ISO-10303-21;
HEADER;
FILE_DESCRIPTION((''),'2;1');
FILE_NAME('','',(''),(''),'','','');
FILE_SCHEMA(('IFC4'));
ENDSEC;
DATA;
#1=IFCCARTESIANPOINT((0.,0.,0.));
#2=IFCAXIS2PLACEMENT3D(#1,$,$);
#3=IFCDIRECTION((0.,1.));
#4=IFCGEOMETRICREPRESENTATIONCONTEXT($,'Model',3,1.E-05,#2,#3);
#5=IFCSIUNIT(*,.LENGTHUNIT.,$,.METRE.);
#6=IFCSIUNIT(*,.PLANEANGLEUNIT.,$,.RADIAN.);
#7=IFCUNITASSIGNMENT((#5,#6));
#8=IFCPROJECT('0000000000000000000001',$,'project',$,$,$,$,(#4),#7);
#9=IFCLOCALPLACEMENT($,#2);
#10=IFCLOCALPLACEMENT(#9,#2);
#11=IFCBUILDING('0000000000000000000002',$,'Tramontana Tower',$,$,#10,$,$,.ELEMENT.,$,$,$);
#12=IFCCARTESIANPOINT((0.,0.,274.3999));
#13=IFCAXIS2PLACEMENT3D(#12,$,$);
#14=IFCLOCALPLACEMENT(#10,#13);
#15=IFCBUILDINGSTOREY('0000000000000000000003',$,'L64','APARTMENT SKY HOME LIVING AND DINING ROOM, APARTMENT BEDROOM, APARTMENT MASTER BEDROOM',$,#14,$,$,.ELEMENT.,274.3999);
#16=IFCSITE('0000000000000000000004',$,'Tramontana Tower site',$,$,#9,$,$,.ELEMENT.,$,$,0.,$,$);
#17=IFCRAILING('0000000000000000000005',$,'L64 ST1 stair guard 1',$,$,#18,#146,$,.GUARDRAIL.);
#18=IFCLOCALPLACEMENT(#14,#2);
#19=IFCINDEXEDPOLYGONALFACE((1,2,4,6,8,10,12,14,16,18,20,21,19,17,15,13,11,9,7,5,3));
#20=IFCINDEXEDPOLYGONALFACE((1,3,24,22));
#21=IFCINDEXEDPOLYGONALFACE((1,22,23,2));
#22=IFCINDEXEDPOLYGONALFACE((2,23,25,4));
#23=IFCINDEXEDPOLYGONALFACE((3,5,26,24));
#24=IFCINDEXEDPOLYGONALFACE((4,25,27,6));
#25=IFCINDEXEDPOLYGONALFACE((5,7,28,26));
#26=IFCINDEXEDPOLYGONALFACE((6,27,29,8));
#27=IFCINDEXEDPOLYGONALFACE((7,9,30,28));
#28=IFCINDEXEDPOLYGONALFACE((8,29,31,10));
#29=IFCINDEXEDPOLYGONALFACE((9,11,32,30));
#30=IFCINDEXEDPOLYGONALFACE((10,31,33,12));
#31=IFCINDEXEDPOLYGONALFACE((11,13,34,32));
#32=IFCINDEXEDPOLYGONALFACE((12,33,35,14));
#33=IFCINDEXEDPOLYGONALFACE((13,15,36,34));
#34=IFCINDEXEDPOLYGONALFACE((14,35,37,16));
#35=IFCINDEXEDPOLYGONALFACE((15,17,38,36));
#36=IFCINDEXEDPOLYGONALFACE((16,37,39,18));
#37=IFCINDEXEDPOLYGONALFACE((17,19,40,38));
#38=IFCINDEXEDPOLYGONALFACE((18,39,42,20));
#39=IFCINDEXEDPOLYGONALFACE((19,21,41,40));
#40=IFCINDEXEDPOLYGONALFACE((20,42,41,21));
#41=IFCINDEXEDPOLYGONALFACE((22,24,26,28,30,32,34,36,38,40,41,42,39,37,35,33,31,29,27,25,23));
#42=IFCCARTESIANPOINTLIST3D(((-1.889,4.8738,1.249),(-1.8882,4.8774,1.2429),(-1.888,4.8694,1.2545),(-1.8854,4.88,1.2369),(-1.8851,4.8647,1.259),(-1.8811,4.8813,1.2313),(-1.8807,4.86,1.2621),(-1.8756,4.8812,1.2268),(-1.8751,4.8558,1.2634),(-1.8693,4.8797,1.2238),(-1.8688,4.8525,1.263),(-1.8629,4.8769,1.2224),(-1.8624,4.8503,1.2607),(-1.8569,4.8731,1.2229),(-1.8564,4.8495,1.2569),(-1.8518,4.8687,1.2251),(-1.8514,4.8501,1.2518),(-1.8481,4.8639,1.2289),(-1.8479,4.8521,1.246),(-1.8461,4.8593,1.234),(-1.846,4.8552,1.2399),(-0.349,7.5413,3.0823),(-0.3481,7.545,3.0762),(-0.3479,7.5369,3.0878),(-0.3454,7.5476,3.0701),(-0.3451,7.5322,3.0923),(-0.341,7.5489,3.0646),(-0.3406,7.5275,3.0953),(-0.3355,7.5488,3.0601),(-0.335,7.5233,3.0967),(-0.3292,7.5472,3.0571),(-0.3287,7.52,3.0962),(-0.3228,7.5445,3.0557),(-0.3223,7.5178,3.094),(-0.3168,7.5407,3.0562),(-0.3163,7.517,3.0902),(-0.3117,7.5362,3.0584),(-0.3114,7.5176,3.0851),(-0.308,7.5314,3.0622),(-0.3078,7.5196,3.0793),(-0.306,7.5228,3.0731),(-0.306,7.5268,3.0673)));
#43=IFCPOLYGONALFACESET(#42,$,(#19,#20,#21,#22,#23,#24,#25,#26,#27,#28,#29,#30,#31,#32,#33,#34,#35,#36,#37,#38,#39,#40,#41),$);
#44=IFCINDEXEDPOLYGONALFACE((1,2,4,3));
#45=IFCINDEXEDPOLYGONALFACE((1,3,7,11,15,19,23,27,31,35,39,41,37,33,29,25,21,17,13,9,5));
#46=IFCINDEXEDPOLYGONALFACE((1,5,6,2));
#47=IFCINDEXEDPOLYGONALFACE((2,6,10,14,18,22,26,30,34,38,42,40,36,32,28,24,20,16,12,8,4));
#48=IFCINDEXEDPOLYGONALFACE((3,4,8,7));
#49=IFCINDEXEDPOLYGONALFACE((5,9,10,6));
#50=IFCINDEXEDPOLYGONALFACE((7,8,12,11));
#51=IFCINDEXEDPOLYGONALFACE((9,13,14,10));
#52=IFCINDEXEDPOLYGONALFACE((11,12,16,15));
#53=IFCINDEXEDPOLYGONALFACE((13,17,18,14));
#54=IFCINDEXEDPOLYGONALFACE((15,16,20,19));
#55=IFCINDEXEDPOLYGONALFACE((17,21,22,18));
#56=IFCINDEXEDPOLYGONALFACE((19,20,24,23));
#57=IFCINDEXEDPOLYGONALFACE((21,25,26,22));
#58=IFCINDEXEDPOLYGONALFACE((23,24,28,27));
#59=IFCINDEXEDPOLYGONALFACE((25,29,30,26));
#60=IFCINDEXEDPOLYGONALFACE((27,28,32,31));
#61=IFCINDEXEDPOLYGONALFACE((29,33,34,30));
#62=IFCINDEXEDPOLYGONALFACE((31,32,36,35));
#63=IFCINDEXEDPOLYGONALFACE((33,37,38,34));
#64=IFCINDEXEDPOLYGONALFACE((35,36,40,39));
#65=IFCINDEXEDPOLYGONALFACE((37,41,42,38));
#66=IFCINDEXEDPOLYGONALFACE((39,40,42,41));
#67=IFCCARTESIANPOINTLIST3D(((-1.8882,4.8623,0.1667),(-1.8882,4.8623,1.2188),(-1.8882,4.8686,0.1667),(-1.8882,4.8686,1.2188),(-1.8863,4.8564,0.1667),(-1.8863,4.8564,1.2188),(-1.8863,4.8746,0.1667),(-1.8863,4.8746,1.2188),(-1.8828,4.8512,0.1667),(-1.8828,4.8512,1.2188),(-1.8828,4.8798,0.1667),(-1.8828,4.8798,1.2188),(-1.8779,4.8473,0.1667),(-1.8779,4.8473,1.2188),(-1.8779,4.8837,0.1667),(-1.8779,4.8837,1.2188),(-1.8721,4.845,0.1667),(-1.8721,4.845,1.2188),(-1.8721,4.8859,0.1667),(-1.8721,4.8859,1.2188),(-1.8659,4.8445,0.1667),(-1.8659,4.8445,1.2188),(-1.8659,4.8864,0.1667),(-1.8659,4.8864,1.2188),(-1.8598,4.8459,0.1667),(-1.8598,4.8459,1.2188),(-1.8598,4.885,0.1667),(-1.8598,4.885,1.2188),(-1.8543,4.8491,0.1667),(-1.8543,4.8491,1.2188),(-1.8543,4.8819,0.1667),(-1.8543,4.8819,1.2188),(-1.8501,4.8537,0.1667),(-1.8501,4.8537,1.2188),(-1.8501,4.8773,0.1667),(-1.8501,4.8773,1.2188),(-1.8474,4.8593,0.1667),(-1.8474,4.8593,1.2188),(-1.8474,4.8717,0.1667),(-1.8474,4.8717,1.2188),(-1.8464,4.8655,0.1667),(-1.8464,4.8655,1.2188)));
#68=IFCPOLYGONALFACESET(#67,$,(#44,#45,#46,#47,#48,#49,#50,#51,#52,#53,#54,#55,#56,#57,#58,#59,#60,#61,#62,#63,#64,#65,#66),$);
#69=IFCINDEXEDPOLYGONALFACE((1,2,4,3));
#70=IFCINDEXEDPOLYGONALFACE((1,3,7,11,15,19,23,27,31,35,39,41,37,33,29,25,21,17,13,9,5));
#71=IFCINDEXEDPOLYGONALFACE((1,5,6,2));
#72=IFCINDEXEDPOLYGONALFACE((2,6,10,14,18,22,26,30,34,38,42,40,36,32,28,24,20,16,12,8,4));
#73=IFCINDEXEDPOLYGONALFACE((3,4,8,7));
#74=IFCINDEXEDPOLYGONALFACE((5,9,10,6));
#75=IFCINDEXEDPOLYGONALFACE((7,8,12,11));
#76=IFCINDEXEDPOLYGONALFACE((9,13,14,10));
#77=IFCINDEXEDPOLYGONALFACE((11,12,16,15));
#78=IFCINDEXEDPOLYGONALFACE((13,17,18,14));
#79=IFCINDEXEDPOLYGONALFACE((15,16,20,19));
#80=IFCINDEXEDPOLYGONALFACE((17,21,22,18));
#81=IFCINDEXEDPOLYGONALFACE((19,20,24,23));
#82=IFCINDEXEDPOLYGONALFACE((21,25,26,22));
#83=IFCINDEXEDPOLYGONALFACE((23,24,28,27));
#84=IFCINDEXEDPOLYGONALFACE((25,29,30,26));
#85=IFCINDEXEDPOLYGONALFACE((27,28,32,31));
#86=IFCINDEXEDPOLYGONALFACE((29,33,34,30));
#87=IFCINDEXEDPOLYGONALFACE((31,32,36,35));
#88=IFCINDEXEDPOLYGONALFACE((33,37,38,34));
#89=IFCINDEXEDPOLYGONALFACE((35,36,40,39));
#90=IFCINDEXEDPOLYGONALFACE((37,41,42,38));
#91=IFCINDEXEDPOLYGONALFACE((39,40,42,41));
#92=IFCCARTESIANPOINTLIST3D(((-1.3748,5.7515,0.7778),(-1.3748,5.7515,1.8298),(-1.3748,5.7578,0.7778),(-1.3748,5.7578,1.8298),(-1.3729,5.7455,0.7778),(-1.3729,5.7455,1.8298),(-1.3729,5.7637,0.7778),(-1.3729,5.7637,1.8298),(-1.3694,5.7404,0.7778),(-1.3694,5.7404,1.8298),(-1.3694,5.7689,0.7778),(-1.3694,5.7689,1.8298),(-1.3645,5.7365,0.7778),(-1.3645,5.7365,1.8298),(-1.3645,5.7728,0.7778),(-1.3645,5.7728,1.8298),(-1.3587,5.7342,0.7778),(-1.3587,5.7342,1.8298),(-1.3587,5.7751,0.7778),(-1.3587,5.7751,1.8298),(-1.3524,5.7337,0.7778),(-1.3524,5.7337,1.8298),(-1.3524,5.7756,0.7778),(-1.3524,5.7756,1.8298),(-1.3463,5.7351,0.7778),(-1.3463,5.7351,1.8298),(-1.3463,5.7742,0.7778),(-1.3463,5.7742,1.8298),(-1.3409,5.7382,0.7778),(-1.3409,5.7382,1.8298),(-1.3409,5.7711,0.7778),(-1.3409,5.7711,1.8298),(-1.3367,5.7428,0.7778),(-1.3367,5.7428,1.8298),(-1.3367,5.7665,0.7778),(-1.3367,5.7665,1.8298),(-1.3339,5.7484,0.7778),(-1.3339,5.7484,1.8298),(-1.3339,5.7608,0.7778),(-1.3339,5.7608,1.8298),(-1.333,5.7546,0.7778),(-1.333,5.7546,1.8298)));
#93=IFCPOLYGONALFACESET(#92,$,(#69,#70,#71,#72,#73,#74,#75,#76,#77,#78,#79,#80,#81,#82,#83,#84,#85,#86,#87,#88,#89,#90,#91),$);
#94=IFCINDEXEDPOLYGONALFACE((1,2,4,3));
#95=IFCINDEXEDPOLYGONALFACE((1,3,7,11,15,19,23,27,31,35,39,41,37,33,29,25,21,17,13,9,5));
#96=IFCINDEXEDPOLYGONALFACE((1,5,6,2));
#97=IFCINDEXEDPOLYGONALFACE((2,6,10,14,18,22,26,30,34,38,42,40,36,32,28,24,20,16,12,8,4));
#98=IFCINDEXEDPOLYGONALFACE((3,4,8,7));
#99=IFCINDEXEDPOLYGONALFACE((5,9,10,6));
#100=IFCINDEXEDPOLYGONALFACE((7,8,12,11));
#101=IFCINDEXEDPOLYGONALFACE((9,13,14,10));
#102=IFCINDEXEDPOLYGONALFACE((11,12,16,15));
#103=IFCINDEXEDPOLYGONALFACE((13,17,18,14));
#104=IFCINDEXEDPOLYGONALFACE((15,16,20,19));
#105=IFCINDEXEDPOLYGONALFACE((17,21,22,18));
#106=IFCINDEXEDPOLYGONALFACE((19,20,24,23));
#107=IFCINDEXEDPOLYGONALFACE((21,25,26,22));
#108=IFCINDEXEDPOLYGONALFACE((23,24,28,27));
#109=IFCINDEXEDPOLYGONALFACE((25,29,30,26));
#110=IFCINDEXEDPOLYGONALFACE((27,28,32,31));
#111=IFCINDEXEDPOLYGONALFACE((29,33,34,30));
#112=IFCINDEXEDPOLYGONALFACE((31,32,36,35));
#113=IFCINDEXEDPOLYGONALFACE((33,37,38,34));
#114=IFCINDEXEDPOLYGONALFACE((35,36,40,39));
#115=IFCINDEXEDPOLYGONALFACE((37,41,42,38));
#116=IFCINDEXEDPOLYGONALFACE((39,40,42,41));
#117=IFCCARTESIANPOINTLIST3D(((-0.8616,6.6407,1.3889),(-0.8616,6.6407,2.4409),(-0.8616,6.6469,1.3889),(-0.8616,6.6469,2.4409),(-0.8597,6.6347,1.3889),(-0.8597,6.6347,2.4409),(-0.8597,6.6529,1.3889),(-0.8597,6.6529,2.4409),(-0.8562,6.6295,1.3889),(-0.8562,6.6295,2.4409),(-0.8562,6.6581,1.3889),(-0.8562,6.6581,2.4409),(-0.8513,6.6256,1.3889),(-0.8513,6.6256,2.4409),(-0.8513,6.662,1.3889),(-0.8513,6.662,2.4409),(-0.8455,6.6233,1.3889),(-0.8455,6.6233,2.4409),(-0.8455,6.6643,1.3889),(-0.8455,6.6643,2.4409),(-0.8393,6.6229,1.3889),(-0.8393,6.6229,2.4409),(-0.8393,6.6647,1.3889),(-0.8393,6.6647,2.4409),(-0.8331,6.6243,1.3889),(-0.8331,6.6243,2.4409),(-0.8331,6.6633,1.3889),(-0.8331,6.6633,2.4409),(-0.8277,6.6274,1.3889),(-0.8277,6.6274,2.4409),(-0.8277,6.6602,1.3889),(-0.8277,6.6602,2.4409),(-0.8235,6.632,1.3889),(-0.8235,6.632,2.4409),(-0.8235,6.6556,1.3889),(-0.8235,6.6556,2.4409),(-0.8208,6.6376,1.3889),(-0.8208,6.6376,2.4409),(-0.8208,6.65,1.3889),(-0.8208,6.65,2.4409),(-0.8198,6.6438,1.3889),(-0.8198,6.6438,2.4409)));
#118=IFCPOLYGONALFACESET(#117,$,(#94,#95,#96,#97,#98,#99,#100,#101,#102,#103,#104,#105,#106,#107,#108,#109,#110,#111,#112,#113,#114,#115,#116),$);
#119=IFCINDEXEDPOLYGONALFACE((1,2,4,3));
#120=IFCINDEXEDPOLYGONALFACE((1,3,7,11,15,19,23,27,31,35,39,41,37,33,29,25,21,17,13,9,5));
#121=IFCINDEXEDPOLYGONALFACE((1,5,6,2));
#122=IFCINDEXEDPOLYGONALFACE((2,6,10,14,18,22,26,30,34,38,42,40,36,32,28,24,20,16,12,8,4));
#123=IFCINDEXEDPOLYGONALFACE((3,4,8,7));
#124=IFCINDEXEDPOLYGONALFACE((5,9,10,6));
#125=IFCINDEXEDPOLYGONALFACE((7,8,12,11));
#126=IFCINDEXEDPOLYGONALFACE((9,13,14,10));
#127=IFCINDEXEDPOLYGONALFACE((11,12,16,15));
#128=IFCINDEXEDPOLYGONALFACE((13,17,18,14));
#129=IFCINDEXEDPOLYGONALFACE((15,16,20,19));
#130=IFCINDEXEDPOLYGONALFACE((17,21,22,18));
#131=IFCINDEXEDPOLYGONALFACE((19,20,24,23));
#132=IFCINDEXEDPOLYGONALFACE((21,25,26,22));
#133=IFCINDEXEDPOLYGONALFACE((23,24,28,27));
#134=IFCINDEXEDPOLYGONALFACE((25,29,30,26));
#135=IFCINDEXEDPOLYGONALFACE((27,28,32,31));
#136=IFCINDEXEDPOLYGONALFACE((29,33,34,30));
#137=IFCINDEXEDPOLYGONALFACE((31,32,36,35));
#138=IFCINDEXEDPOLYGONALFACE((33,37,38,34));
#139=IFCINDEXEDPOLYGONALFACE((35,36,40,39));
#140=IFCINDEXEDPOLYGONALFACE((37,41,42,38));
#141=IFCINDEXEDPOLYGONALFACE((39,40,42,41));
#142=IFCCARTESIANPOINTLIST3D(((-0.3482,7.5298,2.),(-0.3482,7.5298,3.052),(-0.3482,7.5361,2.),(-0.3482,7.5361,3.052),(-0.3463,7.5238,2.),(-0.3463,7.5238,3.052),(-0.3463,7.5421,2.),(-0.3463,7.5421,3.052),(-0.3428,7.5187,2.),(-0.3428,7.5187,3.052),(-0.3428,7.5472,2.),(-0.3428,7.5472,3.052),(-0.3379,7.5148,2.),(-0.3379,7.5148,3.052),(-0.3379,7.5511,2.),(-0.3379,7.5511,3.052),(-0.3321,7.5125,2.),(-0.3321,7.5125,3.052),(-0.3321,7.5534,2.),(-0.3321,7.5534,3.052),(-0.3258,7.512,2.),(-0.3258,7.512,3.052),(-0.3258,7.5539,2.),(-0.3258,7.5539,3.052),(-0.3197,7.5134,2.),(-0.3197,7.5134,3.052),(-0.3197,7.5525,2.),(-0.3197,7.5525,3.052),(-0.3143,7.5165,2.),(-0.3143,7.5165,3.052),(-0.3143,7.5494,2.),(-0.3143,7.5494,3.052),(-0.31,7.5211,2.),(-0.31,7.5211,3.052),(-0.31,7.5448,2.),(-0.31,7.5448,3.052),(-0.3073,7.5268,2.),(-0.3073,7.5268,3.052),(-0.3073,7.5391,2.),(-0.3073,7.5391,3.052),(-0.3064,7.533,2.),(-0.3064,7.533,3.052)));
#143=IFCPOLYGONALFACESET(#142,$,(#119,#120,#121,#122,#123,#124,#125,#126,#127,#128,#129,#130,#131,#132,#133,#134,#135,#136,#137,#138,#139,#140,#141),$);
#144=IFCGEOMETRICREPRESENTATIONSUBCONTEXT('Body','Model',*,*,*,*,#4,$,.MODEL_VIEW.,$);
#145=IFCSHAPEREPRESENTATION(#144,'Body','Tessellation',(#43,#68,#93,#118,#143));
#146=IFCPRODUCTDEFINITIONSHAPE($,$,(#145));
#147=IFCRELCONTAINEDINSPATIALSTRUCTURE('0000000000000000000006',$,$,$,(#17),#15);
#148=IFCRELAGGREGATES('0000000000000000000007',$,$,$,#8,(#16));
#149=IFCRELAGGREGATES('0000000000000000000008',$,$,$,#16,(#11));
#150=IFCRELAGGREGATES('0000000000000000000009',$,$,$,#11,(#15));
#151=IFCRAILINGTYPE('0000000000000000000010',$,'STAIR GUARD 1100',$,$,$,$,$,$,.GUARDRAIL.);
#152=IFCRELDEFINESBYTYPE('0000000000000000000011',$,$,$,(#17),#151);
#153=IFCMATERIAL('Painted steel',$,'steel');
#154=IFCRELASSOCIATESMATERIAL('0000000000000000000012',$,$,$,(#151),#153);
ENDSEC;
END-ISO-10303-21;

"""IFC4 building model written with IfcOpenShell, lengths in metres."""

from ifc_helpers import new_model, si_unit, direction, frame, origin, origin_2d, place, context, subcontext, project, spatial, circle, extrude, material, type_object, element, save


model = new_model("IFC4")

# Units and contexts
model_context = context("Model", 3, precision=1e-05, world=origin(), true_north=direction((0.0, 1.0)))
body_context = subcontext(model_context, "Body", "Model", "MODEL_VIEW")
ifc_project = project(units=[si_unit("LENGTHUNIT", "METRE"), si_unit("PLANEANGLEUNIT", "RADIAN")], contexts=[model_context])

# Site, building, storey
site_placement = place(None, origin())
site = spatial("IfcSite", under=ifc_project, at=site_placement, Name="Tramontana Tower site", CompositionType="ELEMENT", RefElevation=0.0)
building_placement = place(site_placement, origin())
building = spatial("IfcBuilding", under=site, at=building_placement, Name="Tramontana Tower", CompositionType="ELEMENT")
storey_placement = place(building_placement, frame((0.0, 0.0, 274.3999)))
storey = spatial("IfcBuildingStorey", under=building, at=storey_placement, Name="L64", Description="APARTMENT SKY HOME LIVING AND DINING ROOM, APARTMENT BEDROOM, APARTMENT MASTER BEDROOM", CompositionType="ELEMENT", Elevation=274.3999)

# Railing
ifc_material_1 = material(Name="Painted steel", Category="steel")
railing_type_1 = type_object("IfcRailingType", Name="STAIR GUARD 1100", PredefinedType="GUARDRAIL", material=ifc_material_1)
railing_1_placement = place(storey_placement, frame((-1.8674, 4.8655, 0.1667)))
element("IfcRailing", 1, at=railing_1_placement, inside=storey, type_object=railing_type_1, Name="L64 ST1 stair guard 1", PredefinedType="GUARDRAIL", context=body_context, shape_type="SweptSolid", body=[
    extrude(circle(Radius=0.0239, at=origin_2d()), frame((0.0, 0.0, 1.0762), z_axis=(0.429649, 0.74419, 0.511452), x_axis=(-0.86603, 0.499992, 0.0)), (0.0, 0.0, 1.0), 3.5845),
    extrude(circle(Radius=0.021, at=origin_2d()), origin(), (0.0, 0.0, 1.0), 1.052),
    extrude(circle(Radius=0.021, at=origin_2d()), frame((0.5134, 0.8892, 0.6111)), (0.0, 0.0, 1.0), 1.052),
    extrude(circle(Radius=0.021, at=origin_2d()), frame((1.0266, 1.7783, 1.2222)), (0.0, 0.0, 1.0), 1.052),
    extrude(circle(Radius=0.021, at=origin_2d()), frame((1.54, 2.6675, 1.8333)), (0.0, 0.0, 1.0), 1.052),
])

save(model, "model.ifc")
